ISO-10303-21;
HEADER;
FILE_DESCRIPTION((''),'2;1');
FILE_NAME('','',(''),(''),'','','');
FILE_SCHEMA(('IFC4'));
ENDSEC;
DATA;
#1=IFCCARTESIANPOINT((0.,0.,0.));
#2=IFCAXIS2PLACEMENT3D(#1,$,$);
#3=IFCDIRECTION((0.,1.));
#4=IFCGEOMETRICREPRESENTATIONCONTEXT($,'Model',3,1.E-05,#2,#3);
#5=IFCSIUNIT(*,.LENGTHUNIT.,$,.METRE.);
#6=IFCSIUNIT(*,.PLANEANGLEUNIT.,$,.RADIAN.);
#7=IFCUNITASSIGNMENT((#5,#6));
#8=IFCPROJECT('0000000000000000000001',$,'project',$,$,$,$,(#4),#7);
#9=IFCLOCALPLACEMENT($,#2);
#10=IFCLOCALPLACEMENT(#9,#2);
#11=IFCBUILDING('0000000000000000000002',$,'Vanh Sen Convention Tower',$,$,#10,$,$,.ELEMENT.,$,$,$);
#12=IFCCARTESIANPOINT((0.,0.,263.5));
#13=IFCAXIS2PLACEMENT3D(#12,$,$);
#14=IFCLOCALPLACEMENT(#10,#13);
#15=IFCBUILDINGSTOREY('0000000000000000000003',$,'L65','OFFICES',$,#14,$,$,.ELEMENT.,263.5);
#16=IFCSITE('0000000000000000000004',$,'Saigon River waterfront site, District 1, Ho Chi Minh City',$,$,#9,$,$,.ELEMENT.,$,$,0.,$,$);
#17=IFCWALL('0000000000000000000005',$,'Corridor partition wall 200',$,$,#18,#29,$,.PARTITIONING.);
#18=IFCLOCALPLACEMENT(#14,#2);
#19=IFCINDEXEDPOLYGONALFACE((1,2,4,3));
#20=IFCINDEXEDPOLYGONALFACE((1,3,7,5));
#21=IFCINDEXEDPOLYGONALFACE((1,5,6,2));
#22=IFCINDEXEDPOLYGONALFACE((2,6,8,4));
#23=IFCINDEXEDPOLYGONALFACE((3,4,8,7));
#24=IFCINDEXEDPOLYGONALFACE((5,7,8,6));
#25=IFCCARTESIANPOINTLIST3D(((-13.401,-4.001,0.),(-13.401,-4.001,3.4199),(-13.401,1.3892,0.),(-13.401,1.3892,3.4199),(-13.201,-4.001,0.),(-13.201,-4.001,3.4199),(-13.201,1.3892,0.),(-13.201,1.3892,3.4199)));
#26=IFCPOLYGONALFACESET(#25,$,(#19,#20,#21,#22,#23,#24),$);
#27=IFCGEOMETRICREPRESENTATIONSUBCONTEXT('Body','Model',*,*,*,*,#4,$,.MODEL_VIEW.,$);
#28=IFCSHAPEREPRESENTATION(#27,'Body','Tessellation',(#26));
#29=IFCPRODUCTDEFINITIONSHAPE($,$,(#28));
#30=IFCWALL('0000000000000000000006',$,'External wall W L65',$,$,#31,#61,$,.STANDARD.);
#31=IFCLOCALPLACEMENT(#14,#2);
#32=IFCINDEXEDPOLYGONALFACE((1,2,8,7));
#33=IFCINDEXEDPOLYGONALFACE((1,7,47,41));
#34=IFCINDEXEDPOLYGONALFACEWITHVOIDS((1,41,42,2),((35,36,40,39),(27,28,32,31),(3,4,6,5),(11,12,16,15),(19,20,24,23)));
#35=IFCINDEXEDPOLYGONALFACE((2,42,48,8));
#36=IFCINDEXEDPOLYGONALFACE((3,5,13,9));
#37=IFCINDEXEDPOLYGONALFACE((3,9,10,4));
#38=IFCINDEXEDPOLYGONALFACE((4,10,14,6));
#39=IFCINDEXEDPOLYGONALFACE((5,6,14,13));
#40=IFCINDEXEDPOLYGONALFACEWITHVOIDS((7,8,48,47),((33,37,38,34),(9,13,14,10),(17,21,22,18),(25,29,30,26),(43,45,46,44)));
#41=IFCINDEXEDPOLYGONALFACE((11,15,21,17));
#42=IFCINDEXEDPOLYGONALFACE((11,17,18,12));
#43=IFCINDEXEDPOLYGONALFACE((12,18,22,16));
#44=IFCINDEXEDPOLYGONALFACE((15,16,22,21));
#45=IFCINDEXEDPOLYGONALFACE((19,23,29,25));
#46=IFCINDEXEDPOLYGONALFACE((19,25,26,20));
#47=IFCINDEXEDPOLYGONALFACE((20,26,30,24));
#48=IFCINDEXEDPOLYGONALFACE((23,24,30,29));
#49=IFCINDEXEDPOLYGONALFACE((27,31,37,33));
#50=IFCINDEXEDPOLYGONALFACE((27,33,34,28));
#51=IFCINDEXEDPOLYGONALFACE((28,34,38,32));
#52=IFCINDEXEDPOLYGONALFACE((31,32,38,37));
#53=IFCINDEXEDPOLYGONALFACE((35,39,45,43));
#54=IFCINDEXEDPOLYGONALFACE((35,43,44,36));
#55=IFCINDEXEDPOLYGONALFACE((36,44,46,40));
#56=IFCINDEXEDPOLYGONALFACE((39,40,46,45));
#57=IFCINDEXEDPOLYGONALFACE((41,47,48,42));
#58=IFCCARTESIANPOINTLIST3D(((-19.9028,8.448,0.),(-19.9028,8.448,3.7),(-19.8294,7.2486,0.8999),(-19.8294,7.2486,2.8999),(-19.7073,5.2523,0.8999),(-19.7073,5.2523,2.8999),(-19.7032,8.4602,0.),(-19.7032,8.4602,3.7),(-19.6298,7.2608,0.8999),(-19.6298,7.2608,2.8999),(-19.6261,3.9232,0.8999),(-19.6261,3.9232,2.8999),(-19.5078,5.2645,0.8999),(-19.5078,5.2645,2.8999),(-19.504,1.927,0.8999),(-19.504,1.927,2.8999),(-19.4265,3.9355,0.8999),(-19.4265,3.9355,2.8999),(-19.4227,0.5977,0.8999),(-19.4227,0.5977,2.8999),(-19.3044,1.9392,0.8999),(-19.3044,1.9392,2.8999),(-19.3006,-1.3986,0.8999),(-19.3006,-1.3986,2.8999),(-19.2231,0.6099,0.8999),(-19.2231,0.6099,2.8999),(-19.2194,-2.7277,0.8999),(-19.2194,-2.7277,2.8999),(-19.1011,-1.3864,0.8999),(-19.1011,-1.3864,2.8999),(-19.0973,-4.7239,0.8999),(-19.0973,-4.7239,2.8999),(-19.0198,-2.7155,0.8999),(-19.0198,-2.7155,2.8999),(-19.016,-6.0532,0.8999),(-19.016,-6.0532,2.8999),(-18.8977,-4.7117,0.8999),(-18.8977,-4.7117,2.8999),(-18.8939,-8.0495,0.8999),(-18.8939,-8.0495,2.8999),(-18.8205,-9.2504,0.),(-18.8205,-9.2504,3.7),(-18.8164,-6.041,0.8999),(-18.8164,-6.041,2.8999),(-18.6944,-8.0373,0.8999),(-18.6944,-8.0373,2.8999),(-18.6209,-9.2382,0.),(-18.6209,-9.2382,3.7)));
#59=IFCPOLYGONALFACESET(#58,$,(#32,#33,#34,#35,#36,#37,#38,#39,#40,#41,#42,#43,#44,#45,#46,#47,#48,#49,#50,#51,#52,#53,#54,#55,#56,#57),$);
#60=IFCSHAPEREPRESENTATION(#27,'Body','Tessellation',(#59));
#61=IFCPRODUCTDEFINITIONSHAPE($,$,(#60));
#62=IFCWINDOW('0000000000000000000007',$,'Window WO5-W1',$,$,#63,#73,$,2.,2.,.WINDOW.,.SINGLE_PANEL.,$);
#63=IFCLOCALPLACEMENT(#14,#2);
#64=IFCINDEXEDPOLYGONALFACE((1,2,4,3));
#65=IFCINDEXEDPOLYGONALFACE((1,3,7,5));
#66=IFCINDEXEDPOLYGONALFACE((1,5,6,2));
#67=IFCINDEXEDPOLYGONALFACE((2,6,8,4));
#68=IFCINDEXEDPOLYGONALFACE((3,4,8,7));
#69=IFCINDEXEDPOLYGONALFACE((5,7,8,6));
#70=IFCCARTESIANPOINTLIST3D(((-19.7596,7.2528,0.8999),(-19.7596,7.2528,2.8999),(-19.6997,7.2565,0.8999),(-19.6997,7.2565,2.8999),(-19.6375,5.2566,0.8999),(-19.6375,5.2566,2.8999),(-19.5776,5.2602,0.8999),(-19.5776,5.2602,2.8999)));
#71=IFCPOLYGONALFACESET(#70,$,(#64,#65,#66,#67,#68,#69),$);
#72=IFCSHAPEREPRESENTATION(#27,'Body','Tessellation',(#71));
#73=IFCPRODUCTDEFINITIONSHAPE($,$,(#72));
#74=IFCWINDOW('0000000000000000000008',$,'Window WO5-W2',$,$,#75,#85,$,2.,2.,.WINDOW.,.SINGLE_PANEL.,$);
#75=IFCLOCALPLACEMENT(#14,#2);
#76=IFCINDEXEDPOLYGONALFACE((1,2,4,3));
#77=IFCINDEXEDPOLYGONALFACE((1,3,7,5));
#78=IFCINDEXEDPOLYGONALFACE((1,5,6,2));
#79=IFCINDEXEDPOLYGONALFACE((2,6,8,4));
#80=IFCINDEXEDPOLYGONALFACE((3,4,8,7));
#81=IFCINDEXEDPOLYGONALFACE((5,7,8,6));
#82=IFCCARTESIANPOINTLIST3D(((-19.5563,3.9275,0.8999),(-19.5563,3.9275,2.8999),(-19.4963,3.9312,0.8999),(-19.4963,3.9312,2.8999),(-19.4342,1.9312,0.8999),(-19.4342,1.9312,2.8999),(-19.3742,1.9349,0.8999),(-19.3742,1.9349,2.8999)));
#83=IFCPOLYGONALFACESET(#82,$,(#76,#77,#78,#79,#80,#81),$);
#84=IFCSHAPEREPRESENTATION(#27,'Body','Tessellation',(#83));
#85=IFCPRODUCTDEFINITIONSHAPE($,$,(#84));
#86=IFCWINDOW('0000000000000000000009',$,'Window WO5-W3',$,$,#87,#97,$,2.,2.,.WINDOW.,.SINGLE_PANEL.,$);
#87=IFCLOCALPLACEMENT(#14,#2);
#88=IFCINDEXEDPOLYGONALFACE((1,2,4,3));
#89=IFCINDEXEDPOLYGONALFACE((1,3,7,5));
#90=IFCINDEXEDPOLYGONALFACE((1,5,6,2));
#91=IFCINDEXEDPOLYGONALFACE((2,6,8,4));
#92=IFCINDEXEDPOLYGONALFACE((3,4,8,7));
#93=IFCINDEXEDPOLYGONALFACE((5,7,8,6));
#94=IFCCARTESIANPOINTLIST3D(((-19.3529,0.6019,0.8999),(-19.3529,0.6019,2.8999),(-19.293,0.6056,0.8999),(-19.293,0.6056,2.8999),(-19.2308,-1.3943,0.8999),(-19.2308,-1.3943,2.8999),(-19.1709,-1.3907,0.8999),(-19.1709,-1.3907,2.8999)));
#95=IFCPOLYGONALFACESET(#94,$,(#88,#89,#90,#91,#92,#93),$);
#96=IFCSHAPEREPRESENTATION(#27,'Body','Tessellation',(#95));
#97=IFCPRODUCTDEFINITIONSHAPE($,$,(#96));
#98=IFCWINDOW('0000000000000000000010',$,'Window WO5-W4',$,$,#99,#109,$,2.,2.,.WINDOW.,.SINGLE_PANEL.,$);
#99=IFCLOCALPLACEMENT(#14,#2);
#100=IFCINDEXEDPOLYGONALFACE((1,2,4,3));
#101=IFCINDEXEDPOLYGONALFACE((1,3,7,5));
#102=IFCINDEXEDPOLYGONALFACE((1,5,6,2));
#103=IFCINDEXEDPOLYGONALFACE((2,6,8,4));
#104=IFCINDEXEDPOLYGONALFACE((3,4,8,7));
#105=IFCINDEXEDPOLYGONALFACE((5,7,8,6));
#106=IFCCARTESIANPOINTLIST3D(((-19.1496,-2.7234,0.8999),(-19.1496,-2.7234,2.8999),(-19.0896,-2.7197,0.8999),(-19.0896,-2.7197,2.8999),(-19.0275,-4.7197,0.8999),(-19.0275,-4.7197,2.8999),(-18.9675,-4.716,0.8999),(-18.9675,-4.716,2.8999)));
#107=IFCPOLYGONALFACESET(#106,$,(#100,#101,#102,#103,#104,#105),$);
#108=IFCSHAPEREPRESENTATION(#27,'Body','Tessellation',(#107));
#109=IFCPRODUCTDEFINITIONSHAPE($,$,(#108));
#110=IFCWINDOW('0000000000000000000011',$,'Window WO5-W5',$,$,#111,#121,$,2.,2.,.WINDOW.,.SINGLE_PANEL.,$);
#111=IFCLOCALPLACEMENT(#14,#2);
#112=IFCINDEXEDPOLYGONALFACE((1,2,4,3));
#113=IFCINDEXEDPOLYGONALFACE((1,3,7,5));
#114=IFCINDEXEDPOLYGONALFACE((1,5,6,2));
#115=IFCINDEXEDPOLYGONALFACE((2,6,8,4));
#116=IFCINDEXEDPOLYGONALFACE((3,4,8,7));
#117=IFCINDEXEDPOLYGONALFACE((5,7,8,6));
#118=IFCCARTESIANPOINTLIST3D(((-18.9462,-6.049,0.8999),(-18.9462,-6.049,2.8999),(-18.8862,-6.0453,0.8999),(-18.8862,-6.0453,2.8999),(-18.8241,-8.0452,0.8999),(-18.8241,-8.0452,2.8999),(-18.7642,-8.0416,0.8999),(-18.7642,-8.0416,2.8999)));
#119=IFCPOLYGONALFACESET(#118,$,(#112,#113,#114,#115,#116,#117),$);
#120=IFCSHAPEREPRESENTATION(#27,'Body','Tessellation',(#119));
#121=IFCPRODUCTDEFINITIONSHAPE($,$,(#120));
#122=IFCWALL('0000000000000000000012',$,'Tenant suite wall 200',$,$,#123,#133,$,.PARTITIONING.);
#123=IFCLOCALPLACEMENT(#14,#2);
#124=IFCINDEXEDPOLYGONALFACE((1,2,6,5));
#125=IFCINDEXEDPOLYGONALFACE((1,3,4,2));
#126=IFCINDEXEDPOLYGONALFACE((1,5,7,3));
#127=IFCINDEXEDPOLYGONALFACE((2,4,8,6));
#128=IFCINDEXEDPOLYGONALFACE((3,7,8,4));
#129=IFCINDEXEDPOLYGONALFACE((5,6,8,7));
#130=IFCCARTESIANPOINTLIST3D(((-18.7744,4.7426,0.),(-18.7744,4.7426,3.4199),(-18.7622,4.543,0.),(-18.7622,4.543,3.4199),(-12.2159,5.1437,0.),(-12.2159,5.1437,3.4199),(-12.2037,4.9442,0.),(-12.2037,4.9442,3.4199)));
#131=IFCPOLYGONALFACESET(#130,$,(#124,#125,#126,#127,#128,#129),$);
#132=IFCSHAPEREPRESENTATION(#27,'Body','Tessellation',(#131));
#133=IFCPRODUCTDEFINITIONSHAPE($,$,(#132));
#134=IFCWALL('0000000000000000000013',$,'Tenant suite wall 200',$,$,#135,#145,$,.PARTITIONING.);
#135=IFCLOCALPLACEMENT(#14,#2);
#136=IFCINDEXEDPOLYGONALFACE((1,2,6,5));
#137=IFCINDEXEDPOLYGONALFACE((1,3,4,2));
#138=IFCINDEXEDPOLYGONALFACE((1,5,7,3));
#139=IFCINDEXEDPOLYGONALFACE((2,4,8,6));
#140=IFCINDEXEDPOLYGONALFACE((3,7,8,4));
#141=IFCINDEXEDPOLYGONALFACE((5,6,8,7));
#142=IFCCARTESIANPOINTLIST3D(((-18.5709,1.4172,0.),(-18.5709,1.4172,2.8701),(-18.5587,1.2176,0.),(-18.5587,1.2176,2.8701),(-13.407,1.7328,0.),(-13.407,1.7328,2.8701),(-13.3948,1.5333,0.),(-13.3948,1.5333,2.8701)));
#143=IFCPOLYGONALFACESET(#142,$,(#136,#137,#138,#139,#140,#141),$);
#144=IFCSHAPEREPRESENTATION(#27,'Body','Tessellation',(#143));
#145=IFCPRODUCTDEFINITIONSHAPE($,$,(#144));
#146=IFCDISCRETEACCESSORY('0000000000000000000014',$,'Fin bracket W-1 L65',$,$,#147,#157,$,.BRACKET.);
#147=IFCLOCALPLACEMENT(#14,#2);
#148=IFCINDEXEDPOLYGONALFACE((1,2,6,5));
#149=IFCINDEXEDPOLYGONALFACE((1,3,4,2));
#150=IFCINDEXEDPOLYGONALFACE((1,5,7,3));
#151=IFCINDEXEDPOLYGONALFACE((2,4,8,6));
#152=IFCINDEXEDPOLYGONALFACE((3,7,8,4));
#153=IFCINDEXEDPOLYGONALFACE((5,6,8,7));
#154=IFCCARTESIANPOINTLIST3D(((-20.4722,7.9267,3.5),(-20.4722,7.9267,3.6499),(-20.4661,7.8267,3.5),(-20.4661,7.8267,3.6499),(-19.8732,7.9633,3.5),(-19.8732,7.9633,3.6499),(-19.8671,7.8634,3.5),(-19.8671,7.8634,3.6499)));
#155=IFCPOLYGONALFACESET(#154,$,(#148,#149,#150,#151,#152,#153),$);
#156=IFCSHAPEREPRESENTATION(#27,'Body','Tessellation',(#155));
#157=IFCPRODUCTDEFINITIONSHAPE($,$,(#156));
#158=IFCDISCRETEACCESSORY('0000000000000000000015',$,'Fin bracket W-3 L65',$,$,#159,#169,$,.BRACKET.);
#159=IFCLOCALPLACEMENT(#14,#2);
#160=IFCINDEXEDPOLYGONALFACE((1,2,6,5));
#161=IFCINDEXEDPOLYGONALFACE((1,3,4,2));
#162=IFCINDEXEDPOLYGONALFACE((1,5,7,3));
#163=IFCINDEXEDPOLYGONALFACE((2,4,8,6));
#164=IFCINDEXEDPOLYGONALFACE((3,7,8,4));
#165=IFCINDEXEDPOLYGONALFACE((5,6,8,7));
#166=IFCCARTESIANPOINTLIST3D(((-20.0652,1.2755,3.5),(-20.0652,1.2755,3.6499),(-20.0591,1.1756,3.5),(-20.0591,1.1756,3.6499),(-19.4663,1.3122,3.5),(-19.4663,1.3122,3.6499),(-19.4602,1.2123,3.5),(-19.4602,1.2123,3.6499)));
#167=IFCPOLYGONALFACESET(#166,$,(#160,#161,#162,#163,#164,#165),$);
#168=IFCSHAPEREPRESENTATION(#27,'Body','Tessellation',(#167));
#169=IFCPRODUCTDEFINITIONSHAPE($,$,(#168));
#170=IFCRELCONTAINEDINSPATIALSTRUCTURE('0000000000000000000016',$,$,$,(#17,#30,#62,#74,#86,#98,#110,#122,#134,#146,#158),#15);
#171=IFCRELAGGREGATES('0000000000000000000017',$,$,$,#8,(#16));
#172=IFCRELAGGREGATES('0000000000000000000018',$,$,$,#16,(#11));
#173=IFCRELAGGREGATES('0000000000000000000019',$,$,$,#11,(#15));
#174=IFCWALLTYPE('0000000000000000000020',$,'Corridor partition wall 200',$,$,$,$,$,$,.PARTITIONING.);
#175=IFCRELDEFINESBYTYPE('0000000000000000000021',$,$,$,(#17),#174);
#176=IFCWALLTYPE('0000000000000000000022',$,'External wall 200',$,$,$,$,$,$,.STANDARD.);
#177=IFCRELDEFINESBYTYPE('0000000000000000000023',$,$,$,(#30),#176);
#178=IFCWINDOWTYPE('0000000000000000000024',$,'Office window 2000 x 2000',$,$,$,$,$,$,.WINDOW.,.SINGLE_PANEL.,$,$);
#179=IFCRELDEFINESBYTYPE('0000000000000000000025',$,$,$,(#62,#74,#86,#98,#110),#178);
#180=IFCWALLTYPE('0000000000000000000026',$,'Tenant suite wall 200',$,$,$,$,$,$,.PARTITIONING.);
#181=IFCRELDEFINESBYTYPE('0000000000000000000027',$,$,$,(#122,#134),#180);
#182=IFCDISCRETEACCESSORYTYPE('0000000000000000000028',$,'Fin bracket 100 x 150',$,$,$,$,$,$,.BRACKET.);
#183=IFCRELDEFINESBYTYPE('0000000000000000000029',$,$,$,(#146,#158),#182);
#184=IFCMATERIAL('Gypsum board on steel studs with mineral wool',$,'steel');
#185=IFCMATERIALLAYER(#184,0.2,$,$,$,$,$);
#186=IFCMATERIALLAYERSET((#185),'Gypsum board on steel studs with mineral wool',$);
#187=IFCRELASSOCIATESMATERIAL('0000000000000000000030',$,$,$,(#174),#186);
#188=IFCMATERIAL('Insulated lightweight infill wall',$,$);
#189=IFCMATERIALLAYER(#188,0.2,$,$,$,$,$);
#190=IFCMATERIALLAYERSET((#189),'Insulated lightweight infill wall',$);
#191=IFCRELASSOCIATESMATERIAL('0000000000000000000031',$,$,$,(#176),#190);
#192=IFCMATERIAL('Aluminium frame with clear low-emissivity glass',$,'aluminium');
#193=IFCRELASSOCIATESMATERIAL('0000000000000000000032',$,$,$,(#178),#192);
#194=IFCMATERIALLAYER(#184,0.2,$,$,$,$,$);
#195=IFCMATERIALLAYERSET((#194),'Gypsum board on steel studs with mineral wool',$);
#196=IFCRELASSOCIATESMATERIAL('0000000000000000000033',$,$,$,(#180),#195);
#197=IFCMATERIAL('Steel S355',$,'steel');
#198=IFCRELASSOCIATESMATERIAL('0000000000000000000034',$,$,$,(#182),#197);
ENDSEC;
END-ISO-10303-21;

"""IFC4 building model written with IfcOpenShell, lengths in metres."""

from ifc_helpers import new_model, si_unit, direction, frame, frame_2d, origin, origin_2d, place, context, subcontext, project, spatial, rectangle, extrude, material, layer, layer_set, type_object, element, fill, save


model = new_model("IFC4")

# Units and contexts
model_context = context("Model", 3, precision=1e-05, world=origin(), true_north=direction((0.0, 1.0)))
body_context = subcontext(model_context, "Body", "Model", "MODEL_VIEW")
ifc_project = project(units=[si_unit("LENGTHUNIT", "METRE"), si_unit("PLANEANGLEUNIT", "RADIAN")], contexts=[model_context])

# Site, building, storey
site_placement = place(None, origin())
site = spatial("IfcSite", under=ifc_project, at=site_placement, Name="Saigon River waterfront site, District 1, Ho Chi Minh City", CompositionType="ELEMENT", RefElevation=0.0)
building_placement = place(site_placement, origin())
building = spatial("IfcBuilding", under=site, at=building_placement, Name="Vanh Sen Convention Tower", CompositionType="ELEMENT")
storey_placement = place(building_placement, frame((0.0, 0.0, 263.5)))
storey = spatial("IfcBuildingStorey", under=building, at=storey_placement, Name="L65", Description="OFFICES", CompositionType="ELEMENT", Elevation=263.5)

# Wall
ifc_material_1 = material(Name="Gypsum board on steel studs with mineral wool", Category="steel")
ifc_layer_1 = layer(ifc_material_1, 0.2)
ifc_layer_set_1 = layer_set([ifc_layer_1], Name="Gypsum board on steel studs with mineral wool")
wall_type_1 = type_object("IfcWallType", Name="Corridor partition wall 200", PredefinedType="PARTITIONING", material=ifc_layer_set_1)
wall_1_placement = place(storey_placement, frame((-13.301, 1.3892, 0.0), z_axis=(0.0, 0.0, 1.0), x_axis=(0.0, -1.0, 0.0)))
element("IfcWall", 1, at=wall_1_placement, inside=storey, type_object=wall_type_1, Name="Corridor partition wall 200", PredefinedType="PARTITIONING", context=body_context, shape_type="SweptSolid", body=[
    extrude(rectangle(XDim=5.3901, YDim=0.2, at=frame_2d((2.6951, 0.0))), origin(), (0.0, 0.0, 1.0), 3.4199),
])

# Wall, openings, windows
ifc_material_2 = material(Name="Insulated lightweight infill wall")
ifc_layer_2 = layer(ifc_material_2, 0.2)
ifc_layer_set_2 = layer_set([ifc_layer_2], Name="Insulated lightweight infill wall")
wall_type_2 = type_object("IfcWallType", Name="External wall 200", PredefinedType="STANDARD", material=ifc_layer_set_2)
wall_2_placement = place(storey_placement, frame((-19.803, 8.4541, 0.0), z_axis=(0.0, 0.0, 1.0), x_axis=(0.061037, -0.998136, 0.0)))
wall_2 = element("IfcWall", 2, at=wall_2_placement, inside=storey, type_object=wall_type_2, Name="External wall W L65", PredefinedType="STANDARD", context=body_context, shape_type="SweptSolid", body=[
    extrude(rectangle(XDim=17.7314, YDim=0.2, at=frame_2d((8.8657, 0.0))), origin(), (0.0, 0.0, 1.0), 3.7),
])
opening_1_placement = place(wall_2_placement, frame((1.2017, 0.0, 0.8999)))
opening_1 = element("IfcOpeningElement", 3, at=opening_1_placement, cuts=wall_2, PredefinedType="OPENING", context=body_context, shape_type="SweptSolid", body=[
    extrude(rectangle(XDim=2.0, YDim=2.0, at=frame_2d((1.0, 1.0))), frame((0.0, 0.1099, 0.0), z_axis=(0.0, -1.0, 0.0), x_axis=(1.0, 0.0, 0.0)), (0.0, 0.0, 1.0), 0.22),
])
opening_2_placement = place(wall_2_placement, frame((4.5332, 0.0, 0.8999)))
opening_2 = element("IfcOpeningElement", 4, at=opening_2_placement, cuts=wall_2, PredefinedType="OPENING", context=body_context, shape_type="SweptSolid", body=[
    extrude(rectangle(XDim=2.0, YDim=2.0, at=frame_2d((1.0, 1.0))), frame((0.0, 0.1099, 0.0), z_axis=(0.0, -1.0, 0.0), x_axis=(1.0, 0.0, 0.0)), (0.0, 0.0, 1.0), 0.22),
])
opening_3_placement = place(wall_2_placement, frame((7.865, 0.0, 0.8999)))
opening_3 = element("IfcOpeningElement", 5, at=opening_3_placement, cuts=wall_2, PredefinedType="OPENING", context=body_context, shape_type="SweptSolid", body=[
    extrude(rectangle(XDim=2.0, YDim=2.0, at=frame_2d((1.0, 1.0))), frame((0.0, 0.1099, 0.0), z_axis=(0.0, -1.0, 0.0), x_axis=(1.0, 0.0, 0.0)), (0.0, 0.0, 1.0), 0.22),
])
opening_4_placement = place(wall_2_placement, frame((11.1965, 0.0, 0.8999)))
opening_4 = element("IfcOpeningElement", 6, at=opening_4_placement, cuts=wall_2, PredefinedType="OPENING", context=body_context, shape_type="SweptSolid", body=[
    extrude(rectangle(XDim=2.0, YDim=2.0, at=frame_2d((1.0, 1.0))), frame((0.0, 0.1099, 0.0), z_axis=(0.0, -1.0, 0.0), x_axis=(1.0, 0.0, 0.0)), (0.0, 0.0, 1.0), 0.22),
])
opening_5_placement = place(wall_2_placement, frame((14.5283, 0.0, 0.8999)))
opening_5 = element("IfcOpeningElement", 7, at=opening_5_placement, cuts=wall_2, PredefinedType="OPENING", context=body_context, shape_type="SweptSolid", body=[
    extrude(rectangle(XDim=2.0, YDim=2.0, at=frame_2d((1.0, 1.0))), frame((0.0, 0.1099, 0.0), z_axis=(0.0, -1.0, 0.0), x_axis=(1.0, 0.0, 0.0)), (0.0, 0.0, 1.0), 0.22),
])
ifc_material_3 = material(Name="Aluminium frame with clear low-emissivity glass", Category="aluminium")
window_type = type_object("IfcWindowType", Name="Office window 2000 x 2000", PartitioningType="SINGLE_PANEL", PredefinedType="WINDOW", material=ifc_material_3)
window_1_placement = place(opening_1_placement, origin())
window_1 = element("IfcWindow", 8, at=window_1_placement, inside=storey, type_object=window_type, Name="Window WO5-W1", OverallHeight=2.0, OverallWidth=2.0, PartitioningType="SINGLE_PANEL", PredefinedType="WINDOW", context=body_context, shape_type="SweptSolid", body=[
    extrude(rectangle(XDim=2.0, YDim=2.0, at=frame_2d((1.0, 1.0))), frame((0.0, 0.03, 0.0), z_axis=(0.0, -1.0, 0.0), x_axis=(1.0, 0.0, 0.0)), (0.0, 0.0, 1.0), 0.0601),
])
fill(opening_1, window_1)
window_2_placement = place(opening_2_placement, origin())
window_2 = element("IfcWindow", 9, at=window_2_placement, inside=storey, type_object=window_type, Name="Window WO5-W2", OverallHeight=2.0, OverallWidth=2.0, PartitioningType="SINGLE_PANEL", PredefinedType="WINDOW", context=body_context, shape_type="SweptSolid", body=[
    extrude(rectangle(XDim=2.0, YDim=2.0, at=frame_2d((1.0, 1.0))), frame((0.0, 0.03, 0.0), z_axis=(0.0, -1.0, 0.0), x_axis=(1.0, 0.0, 0.0)), (0.0, 0.0, 1.0), 0.0601),
])
fill(opening_2, window_2)
window_3_placement = place(opening_3_placement, origin())
window_3 = element("IfcWindow", 10, at=window_3_placement, inside=storey, type_object=window_type, Name="Window WO5-W3", OverallHeight=2.0, OverallWidth=2.0, PartitioningType="SINGLE_PANEL", PredefinedType="WINDOW", context=body_context, shape_type="SweptSolid", body=[
    extrude(rectangle(XDim=2.0, YDim=2.0, at=frame_2d((1.0, 1.0))), frame((0.0, 0.03, 0.0), z_axis=(0.0, -1.0, 0.0), x_axis=(1.0, 0.0, 0.0)), (0.0, 0.0, 1.0), 0.0601),
])
fill(opening_3, window_3)
window_4_placement = place(opening_4_placement, origin())
window_4 = element("IfcWindow", 11, at=window_4_placement, inside=storey, type_object=window_type, Name="Window WO5-W4", OverallHeight=2.0, OverallWidth=2.0, PartitioningType="SINGLE_PANEL", PredefinedType="WINDOW", context=body_context, shape_type="SweptSolid", body=[
    extrude(rectangle(XDim=2.0, YDim=2.0, at=frame_2d((1.0, 1.0))), frame((0.0, 0.03, 0.0), z_axis=(0.0, -1.0, 0.0), x_axis=(1.0, 0.0, 0.0)), (0.0, 0.0, 1.0), 0.0601),
])
fill(opening_4, window_4)
window_5_placement = place(opening_5_placement, origin())
window_5 = element("IfcWindow", 12, at=window_5_placement, inside=storey, type_object=window_type, Name="Window WO5-W5", OverallHeight=2.0, OverallWidth=2.0, PartitioningType="SINGLE_PANEL", PredefinedType="WINDOW", context=body_context, shape_type="SweptSolid", body=[
    extrude(rectangle(XDim=2.0, YDim=2.0, at=frame_2d((1.0, 1.0))), frame((0.0, 0.03, 0.0), z_axis=(0.0, -1.0, 0.0), x_axis=(1.0, 0.0, 0.0)), (0.0, 0.0, 1.0), 0.0601),
])
fill(opening_5, window_5)

# Walls
ifc_layer_3 = layer(ifc_material_1, 0.2)
ifc_layer_set_3 = layer_set([ifc_layer_3], Name="Gypsum board on steel studs with mineral wool")
wall_type_3 = type_object("IfcWallType", Name="Tenant suite wall 200", PredefinedType="PARTITIONING", material=ifc_layer_set_3)
wall_3_placement = place(storey_placement, frame((-18.7683, 4.6428, 0.0), z_axis=(0.0, 0.0, 1.0), x_axis=(0.998135, 0.061046, 0.0)))
element("IfcWall", 13, at=wall_3_placement, inside=storey, type_object=wall_type_3, Name="Tenant suite wall 200", PredefinedType="PARTITIONING", context=body_context, shape_type="SweptSolid", body=[
    extrude(rectangle(XDim=6.5708, YDim=0.2, at=frame_2d((3.2854, 0.0))), origin(), (0.0, 0.0, 1.0), 3.4199),
])
wall_4_placement = place(storey_placement, frame((-18.5649, 1.3174, 0.0), z_axis=(0.0, 0.0, 1.0), x_axis=(0.998137, 0.061015, 0.0)))
element("IfcWall", 14, at=wall_4_placement, inside=storey, type_object=wall_type_3, Name="Tenant suite wall 200", PredefinedType="PARTITIONING", context=body_context, shape_type="SweptSolid", body=[
    extrude(rectangle(XDim=5.1736, YDim=0.2, at=frame_2d((2.5869, 0.0))), origin(), (0.0, 0.0, 1.0), 2.8701),
])

# Discrete accessories
ifc_material_4 = material(Name="Steel S355", Category="steel")
discrete_accessory_type = type_object("IfcDiscreteAccessoryType", Name="Fin bracket 100 x 150", PredefinedType="BRACKET", material=ifc_material_4)
for number, where, z_axis, x_axis, name in (
    (15, (-20.1697, 7.895, 3.5), (0.0, 0.0, 1.0), (-0.998135, -0.061049, 0.0), "Fin bracket W-1 L65"),
    (16, (-19.7627, 1.2439, 3.5), (0.0, 0.0, 1.0), (-0.998135, -0.061049, 0.0), "Fin bracket W-3 L65"),
):
    element("IfcDiscreteAccessory", number, at=place(storey_placement, frame(where, z_axis=z_axis, x_axis=x_axis)), inside=storey, type_object=discrete_accessory_type, Name=name, PredefinedType="BRACKET", context=body_context, shape_type="SweptSolid", body=[
        extrude(rectangle(XDim=0.6001, YDim=0.1001, at=origin_2d()), origin(), (0.0, 0.0, 1.0), 0.1499),
    ])

save(model, "model.ifc")
